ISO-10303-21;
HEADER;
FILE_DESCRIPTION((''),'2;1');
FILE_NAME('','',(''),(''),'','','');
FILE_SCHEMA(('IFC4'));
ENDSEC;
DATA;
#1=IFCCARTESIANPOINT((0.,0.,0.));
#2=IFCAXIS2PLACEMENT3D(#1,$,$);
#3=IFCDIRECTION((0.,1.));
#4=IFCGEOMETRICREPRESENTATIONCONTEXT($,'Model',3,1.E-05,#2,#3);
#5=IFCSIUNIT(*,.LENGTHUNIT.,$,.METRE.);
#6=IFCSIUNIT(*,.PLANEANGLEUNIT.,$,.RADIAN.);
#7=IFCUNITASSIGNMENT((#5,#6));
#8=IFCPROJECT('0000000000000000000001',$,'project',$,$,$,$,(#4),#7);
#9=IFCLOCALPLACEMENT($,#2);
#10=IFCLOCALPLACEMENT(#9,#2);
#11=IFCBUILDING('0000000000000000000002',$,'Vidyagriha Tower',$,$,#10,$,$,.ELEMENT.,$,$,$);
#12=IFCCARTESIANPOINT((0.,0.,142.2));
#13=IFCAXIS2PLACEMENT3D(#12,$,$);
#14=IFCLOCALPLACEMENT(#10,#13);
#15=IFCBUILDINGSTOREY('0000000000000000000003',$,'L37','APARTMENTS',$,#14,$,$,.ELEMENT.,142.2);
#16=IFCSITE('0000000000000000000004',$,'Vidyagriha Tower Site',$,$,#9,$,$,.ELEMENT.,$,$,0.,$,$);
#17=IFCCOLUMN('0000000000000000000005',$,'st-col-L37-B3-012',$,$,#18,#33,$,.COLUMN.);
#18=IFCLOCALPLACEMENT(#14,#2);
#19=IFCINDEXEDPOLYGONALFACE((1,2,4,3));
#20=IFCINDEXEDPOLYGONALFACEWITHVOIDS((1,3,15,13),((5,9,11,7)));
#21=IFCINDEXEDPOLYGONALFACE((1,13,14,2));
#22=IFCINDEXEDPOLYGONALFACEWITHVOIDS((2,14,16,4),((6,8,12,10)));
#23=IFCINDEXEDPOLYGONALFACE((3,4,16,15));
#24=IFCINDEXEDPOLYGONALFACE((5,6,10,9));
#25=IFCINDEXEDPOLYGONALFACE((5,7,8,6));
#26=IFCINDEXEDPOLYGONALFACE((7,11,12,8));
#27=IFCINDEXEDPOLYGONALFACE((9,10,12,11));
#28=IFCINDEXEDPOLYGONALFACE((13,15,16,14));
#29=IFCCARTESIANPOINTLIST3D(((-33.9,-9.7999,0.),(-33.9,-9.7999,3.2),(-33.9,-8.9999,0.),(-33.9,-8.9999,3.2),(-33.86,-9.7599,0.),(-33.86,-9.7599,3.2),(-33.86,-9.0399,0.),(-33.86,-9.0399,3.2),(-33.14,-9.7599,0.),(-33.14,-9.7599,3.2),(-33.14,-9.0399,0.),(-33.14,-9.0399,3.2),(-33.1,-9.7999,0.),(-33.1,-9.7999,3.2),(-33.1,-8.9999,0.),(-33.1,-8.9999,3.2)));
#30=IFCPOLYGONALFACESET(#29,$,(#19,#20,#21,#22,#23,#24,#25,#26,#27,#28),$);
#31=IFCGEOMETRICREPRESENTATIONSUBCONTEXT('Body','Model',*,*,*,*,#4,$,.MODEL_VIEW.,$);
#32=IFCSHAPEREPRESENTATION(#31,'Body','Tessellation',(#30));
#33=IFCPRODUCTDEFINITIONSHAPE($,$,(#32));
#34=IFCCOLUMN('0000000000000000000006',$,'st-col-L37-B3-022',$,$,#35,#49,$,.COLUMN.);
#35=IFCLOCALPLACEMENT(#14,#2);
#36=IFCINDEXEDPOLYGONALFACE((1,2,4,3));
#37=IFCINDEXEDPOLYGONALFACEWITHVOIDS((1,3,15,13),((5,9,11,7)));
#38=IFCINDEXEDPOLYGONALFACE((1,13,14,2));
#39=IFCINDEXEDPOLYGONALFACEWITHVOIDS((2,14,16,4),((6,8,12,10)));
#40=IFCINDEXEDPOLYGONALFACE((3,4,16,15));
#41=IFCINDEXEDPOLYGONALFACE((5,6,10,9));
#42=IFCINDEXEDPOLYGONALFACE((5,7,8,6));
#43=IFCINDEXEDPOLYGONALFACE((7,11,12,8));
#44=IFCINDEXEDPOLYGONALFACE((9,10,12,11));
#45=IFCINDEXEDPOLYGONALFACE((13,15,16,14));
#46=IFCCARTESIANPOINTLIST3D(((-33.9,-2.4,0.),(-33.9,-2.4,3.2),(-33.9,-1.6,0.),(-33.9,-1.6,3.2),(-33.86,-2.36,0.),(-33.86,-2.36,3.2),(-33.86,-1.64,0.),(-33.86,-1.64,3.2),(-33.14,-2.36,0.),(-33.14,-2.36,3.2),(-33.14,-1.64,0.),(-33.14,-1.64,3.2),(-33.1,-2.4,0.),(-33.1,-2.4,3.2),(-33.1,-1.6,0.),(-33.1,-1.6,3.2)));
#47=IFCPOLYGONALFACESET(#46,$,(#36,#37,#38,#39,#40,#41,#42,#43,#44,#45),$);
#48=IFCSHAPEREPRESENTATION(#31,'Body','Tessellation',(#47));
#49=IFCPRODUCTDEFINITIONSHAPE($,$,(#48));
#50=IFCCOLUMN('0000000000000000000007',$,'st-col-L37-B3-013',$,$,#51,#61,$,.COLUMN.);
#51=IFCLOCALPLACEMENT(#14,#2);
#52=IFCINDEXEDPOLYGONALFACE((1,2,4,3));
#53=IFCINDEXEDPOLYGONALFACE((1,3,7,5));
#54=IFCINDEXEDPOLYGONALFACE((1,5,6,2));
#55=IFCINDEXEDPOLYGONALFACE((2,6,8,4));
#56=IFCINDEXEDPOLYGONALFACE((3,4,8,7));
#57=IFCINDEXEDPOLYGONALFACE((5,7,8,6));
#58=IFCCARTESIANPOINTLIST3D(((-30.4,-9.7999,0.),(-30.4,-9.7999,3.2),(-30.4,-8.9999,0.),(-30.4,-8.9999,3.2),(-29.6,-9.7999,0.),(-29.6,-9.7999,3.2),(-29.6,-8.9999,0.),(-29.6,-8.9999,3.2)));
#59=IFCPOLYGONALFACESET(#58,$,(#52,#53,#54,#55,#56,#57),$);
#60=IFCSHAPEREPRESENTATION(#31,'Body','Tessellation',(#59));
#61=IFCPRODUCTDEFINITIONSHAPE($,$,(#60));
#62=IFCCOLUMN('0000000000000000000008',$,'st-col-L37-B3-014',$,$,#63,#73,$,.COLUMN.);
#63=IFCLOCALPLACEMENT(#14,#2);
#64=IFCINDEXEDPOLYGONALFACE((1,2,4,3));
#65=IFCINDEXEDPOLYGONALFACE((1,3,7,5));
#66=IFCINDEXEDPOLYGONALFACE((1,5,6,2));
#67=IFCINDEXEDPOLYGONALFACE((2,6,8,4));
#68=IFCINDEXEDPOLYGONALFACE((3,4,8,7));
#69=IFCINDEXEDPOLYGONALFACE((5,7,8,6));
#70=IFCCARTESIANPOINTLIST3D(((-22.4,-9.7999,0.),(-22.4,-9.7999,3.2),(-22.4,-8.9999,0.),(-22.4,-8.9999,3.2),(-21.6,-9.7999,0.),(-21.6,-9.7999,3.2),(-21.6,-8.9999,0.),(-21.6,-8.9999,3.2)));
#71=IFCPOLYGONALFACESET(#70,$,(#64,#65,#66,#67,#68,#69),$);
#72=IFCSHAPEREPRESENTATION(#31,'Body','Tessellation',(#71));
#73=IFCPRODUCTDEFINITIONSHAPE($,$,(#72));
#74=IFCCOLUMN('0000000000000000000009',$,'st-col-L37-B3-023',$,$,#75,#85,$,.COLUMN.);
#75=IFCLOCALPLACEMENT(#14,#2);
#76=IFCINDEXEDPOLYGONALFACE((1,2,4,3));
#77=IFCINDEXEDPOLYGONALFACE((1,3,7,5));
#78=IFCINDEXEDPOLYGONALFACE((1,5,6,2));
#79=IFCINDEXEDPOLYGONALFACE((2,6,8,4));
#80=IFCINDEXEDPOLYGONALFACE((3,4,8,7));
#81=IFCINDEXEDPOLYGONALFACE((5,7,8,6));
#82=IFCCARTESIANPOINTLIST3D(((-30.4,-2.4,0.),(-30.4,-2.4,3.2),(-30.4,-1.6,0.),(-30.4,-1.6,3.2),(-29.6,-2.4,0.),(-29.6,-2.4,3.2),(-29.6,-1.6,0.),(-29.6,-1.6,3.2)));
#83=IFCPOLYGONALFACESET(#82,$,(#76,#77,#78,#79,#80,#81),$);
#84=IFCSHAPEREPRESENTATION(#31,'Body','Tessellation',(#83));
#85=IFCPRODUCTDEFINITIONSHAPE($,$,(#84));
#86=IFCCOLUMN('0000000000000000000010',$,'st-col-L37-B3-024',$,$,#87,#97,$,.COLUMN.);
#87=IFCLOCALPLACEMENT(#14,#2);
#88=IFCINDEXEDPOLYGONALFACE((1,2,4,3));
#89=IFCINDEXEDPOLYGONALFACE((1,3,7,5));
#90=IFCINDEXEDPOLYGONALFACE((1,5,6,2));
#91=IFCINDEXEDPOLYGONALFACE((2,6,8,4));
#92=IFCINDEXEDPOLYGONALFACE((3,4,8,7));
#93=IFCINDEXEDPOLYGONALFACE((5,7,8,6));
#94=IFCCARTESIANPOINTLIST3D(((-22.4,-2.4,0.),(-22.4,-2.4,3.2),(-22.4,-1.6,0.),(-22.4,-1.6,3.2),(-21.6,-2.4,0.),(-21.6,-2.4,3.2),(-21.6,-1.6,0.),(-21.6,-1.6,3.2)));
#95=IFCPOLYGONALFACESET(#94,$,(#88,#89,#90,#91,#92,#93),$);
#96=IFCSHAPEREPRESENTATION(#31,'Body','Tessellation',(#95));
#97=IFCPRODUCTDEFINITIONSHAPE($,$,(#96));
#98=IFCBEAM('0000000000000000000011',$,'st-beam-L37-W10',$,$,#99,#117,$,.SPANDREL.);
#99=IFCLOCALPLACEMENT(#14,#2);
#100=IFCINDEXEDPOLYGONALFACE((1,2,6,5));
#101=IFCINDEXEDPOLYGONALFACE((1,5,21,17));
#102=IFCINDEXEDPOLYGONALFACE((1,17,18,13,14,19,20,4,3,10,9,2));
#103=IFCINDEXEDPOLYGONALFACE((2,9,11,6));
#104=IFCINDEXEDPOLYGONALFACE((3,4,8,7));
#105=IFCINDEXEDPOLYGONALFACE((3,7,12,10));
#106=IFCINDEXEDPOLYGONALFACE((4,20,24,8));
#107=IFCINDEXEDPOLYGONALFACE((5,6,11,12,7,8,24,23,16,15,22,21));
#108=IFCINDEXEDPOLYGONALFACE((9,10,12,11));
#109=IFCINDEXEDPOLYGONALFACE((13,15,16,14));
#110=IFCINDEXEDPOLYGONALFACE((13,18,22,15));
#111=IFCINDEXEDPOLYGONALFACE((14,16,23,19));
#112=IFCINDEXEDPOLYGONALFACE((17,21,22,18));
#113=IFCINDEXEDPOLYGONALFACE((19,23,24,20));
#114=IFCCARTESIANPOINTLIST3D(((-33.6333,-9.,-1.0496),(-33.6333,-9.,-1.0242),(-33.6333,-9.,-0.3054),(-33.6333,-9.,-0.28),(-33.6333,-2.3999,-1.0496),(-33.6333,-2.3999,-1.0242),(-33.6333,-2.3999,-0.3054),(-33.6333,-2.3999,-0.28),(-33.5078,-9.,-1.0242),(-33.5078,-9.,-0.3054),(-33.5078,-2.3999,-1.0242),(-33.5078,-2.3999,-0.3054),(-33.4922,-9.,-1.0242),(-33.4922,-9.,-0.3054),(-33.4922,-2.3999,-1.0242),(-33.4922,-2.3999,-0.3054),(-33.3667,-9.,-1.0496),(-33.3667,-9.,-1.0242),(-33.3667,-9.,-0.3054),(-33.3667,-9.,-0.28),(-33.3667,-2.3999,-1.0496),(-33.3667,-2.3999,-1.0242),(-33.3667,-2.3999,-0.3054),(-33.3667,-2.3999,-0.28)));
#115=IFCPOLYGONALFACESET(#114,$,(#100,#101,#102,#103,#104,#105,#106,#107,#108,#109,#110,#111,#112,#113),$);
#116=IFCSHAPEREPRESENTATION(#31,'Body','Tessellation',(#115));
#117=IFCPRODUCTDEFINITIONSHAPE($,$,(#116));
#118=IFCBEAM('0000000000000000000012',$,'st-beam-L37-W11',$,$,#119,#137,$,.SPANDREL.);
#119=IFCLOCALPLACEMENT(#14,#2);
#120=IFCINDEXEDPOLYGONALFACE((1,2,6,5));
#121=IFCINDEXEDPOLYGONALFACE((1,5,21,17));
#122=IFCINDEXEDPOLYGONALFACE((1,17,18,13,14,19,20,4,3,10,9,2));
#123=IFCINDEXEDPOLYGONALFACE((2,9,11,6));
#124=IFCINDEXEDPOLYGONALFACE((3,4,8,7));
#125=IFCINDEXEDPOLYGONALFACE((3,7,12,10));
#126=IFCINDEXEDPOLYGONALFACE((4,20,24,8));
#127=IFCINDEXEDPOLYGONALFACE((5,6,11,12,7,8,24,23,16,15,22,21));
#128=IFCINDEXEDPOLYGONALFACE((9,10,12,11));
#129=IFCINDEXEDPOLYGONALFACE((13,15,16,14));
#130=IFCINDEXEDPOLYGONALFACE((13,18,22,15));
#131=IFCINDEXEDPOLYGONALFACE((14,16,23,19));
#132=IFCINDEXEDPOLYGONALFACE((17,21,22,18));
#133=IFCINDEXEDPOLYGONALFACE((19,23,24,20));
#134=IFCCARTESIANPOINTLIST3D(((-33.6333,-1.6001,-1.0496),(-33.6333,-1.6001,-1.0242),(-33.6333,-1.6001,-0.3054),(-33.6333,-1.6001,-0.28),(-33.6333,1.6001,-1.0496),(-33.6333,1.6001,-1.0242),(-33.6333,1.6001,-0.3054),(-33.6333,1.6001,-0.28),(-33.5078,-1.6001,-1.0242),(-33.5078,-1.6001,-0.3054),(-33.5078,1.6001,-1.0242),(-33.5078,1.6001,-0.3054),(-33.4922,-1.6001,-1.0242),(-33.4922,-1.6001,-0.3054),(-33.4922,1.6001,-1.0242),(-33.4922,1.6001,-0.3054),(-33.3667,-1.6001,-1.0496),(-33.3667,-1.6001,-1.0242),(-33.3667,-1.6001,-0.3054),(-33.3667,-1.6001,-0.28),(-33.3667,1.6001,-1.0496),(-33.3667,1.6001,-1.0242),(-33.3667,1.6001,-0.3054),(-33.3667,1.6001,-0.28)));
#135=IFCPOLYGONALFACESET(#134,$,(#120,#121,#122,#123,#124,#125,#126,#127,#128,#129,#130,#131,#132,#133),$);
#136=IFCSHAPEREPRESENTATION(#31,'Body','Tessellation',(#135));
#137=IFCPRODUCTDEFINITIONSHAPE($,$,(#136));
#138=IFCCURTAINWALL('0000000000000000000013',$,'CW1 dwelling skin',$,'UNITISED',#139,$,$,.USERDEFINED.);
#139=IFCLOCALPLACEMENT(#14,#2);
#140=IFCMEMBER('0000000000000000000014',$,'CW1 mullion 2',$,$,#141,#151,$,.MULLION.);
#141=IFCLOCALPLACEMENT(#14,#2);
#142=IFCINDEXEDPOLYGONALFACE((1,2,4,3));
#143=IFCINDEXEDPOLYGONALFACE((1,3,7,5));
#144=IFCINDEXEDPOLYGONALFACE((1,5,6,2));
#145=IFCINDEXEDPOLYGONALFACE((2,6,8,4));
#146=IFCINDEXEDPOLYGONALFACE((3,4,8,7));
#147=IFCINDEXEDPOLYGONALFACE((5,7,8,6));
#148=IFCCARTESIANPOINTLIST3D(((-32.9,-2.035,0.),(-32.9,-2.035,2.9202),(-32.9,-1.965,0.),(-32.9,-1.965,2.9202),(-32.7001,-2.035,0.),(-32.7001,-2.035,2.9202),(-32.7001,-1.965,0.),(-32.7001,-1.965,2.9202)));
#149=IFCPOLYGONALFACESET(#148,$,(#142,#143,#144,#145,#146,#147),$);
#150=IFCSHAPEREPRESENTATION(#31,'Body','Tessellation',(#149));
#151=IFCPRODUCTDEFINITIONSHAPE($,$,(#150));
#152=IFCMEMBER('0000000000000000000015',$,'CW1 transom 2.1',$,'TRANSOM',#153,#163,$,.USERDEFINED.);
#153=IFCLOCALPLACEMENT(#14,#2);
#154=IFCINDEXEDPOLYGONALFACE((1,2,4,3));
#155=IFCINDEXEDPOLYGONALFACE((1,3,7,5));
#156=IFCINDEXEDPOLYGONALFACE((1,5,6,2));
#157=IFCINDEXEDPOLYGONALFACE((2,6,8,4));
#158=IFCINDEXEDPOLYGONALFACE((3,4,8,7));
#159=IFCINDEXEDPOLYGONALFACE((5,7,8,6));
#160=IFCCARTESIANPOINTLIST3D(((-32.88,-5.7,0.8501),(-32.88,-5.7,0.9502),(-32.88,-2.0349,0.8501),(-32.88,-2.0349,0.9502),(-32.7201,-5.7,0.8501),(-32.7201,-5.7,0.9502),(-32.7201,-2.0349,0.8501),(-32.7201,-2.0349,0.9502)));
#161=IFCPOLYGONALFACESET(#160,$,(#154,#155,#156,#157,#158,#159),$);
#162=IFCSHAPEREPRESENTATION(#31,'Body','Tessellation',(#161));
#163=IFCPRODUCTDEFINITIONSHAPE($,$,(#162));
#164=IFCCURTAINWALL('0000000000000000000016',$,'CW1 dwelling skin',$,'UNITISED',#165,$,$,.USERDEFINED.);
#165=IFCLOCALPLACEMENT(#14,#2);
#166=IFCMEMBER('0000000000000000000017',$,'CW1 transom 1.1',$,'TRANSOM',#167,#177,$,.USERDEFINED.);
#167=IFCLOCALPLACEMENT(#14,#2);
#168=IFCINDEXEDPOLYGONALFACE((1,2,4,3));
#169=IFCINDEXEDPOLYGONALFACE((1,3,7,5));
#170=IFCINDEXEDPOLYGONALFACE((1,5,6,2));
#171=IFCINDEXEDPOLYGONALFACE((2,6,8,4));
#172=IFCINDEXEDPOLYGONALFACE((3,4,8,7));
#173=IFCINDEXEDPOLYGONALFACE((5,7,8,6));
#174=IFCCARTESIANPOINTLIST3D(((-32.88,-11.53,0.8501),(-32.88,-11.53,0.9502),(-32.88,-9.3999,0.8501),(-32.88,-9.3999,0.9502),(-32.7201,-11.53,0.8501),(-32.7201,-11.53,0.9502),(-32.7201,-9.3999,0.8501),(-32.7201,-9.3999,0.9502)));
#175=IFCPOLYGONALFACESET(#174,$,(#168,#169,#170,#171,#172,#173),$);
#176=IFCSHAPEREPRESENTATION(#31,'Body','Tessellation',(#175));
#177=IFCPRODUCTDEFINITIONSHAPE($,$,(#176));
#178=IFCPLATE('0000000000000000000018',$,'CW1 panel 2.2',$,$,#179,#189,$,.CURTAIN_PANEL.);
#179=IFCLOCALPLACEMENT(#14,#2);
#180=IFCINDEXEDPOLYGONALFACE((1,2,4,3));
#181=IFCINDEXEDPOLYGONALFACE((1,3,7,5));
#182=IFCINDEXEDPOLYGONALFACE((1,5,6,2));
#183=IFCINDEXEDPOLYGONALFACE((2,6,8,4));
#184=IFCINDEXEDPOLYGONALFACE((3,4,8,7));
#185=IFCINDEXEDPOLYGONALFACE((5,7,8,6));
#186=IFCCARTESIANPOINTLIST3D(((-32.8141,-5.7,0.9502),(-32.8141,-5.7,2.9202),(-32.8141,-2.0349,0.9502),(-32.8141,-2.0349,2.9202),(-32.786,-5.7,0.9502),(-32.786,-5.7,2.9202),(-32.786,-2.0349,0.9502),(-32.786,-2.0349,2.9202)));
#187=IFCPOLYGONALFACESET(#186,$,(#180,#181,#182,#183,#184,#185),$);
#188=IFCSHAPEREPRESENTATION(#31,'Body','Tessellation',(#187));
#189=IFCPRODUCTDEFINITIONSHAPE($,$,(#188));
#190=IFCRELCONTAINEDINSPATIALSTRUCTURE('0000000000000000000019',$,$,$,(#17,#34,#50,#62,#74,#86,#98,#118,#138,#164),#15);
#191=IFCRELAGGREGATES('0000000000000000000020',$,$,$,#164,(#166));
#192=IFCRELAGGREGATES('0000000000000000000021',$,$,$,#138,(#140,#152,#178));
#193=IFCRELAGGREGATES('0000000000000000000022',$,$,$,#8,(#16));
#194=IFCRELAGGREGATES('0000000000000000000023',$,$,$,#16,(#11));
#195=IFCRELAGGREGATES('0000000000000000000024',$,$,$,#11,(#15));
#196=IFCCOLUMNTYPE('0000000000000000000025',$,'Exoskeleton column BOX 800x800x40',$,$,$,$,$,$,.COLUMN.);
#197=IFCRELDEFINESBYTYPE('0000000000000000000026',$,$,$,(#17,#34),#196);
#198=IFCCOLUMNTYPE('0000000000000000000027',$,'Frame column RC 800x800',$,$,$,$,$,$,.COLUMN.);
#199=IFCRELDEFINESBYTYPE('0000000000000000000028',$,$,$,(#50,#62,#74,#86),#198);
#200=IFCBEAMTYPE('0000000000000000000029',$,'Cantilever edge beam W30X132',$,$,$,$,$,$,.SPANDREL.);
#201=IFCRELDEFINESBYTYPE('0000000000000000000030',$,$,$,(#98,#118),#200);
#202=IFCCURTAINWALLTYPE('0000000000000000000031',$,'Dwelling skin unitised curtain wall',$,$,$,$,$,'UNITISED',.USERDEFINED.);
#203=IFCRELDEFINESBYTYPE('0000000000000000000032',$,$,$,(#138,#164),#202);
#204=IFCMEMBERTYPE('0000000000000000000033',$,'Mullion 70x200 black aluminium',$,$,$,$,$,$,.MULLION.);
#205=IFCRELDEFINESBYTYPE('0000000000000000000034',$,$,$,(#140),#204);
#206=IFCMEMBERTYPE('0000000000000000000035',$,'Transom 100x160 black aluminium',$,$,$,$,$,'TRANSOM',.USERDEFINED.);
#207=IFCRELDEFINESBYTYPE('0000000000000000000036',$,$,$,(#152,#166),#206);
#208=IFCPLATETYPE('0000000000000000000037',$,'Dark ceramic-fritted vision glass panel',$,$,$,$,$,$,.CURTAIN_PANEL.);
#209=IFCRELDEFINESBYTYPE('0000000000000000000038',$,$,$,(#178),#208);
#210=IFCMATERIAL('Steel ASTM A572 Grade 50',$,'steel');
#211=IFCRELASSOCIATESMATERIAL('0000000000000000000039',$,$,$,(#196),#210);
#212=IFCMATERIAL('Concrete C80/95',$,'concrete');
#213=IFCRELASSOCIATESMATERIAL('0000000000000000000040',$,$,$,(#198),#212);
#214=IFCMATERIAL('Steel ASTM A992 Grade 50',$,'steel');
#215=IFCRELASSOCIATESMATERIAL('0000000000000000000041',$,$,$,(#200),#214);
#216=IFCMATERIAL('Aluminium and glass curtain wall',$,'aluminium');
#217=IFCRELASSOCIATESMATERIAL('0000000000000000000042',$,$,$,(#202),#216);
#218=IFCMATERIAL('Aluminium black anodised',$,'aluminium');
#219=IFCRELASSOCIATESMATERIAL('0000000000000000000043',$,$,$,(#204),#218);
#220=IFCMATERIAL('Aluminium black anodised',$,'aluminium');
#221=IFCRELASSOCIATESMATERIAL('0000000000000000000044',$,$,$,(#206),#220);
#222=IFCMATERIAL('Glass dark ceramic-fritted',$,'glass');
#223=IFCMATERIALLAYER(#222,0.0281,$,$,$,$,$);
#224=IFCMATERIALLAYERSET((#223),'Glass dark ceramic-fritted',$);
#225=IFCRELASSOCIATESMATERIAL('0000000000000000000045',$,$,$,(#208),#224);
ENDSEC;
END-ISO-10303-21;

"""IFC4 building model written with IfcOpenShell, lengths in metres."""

from ifc_helpers import new_model, si_unit, direction, frame, origin, origin_2d, place, context, subcontext, project, spatial, rectangle, hollow_rectangle, i_section, extrude, material, layer, layer_set, material_profile, profile_set, type_object, element, aggregate, save


model = new_model("IFC4")

# Units and contexts
model_context = context("Model", 3, precision=1e-05, world=origin(), true_north=direction((0.0, 1.0)))
body_context = subcontext(model_context, "Body", "Model", "MODEL_VIEW")
ifc_project = project(units=[si_unit("LENGTHUNIT", "METRE"), si_unit("PLANEANGLEUNIT", "RADIAN")], contexts=[model_context])

# Site, building, storey
site_placement = place(None, origin())
site = spatial("IfcSite", under=ifc_project, at=site_placement, Name="Vidyagriha Tower Site", CompositionType="ELEMENT", RefElevation=0.0)
building_placement = place(site_placement, origin())
building = spatial("IfcBuilding", under=site, at=building_placement, Name="Vidyagriha Tower", CompositionType="ELEMENT")
storey_placement = place(building_placement, frame((0.0, 0.0, 142.2)))
storey = spatial("IfcBuildingStorey", under=building, at=storey_placement, Name="L37", Description="APARTMENTS", CompositionType="ELEMENT", Elevation=142.2)

# Columns
ifc_material_1 = material(Name="Steel ASTM A572 Grade 50", Category="steel")
ifc_material_profile_1 = material_profile(ifc_material_1, hollow_rectangle(XDim=0.8, YDim=0.8, WallThickness=0.04, at=origin_2d()), Name="BOX 800x800x40")
ifc_profile_set_1 = profile_set([ifc_material_profile_1], Name="Steel ASTM A572 Grade 50")
column_type_1 = type_object("IfcColumnType", Name="Exoskeleton column BOX 800x800x40", PredefinedType="COLUMN", material=ifc_profile_set_1)
for number, where, name in (
    (1, (-33.5, -9.3999, 0.0), "st-col-L37-B3-012"),
    (2, (-33.5, -2.0, 0.0), "st-col-L37-B3-022"),
):
    element("IfcColumn", number, at=place(storey_placement, frame(where)), inside=storey, type_object=column_type_1, Name=name, PredefinedType="COLUMN", context=body_context, shape_type="SweptSolid", body=[
        extrude(hollow_rectangle(XDim=0.8, YDim=0.8, WallThickness=0.04, at=origin_2d()), origin(), (0.0, 0.0, 1.0), 3.2),
    ])
ifc_material_2 = material(Name="Concrete C80/95", Category="concrete")
ifc_material_profile_2 = material_profile(ifc_material_2, rectangle(XDim=0.8, YDim=0.8, at=origin_2d()), Name="RC 800x800")
ifc_profile_set_2 = profile_set([ifc_material_profile_2], Name="Concrete C80/95")
column_type_2 = type_object("IfcColumnType", Name="Frame column RC 800x800", PredefinedType="COLUMN", material=ifc_profile_set_2)
for number, where, name in (
    (3, (-30.0, -9.3999, 0.0), "st-col-L37-B3-013"),
    (4, (-22.0, -9.3999, 0.0), "st-col-L37-B3-014"),
    (5, (-30.0, -2.0, 0.0), "st-col-L37-B3-023"),
    (6, (-22.0, -2.0, 0.0), "st-col-L37-B3-024"),
):
    element("IfcColumn", number, at=place(storey_placement, frame(where)), inside=storey, type_object=column_type_2, Name=name, PredefinedType="COLUMN", context=body_context, shape_type="SweptSolid", body=[
        extrude(rectangle(XDim=0.8, YDim=0.8, at=origin_2d()), origin(), (0.0, 0.0, 1.0), 3.2),
    ])

# Beams
ifc_material_3 = material(Name="Steel ASTM A992 Grade 50", Category="steel")
ifc_material_profile_3 = material_profile(ifc_material_3, i_section(OverallWidth=0.2666, OverallDepth=0.7695, WebThickness=0.0156, FlangeThickness=0.0254, at=origin_2d()), Name="W30X132")
ifc_profile_set_3 = profile_set([ifc_material_profile_3], Name="Steel ASTM A992 Grade 50")
beam_type = type_object("IfcBeamType", Name="Cantilever edge beam W30X132", PredefinedType="SPANDREL", material=ifc_profile_set_3)
beam_1_placement = place(storey_placement, frame((-33.5, -9.0, -0.6648), z_axis=(0.0, 1.0, 0.0), x_axis=(-1.0, 0.0, 0.0)))
element("IfcBeam", 7, at=beam_1_placement, inside=storey, type_object=beam_type, Name="st-beam-L37-W10", PredefinedType="SPANDREL", context=body_context, shape_type="SweptSolid", body=[
    extrude(i_section(OverallWidth=0.2666, OverallDepth=0.7695, WebThickness=0.0156, FlangeThickness=0.0254, at=origin_2d()), origin(), (0.0, 0.0, 1.0), 6.6001),
])
beam_2_placement = place(storey_placement, frame((-33.5, -1.6001, -0.6648), z_axis=(0.0, 1.0, 0.0), x_axis=(-1.0, 0.0, 0.0)))
element("IfcBeam", 8, at=beam_2_placement, inside=storey, type_object=beam_type, Name="st-beam-L37-W11", PredefinedType="SPANDREL", context=body_context, shape_type="SweptSolid", body=[
    extrude(i_section(OverallWidth=0.2666, OverallDepth=0.7695, WebThickness=0.0156, FlangeThickness=0.0254, at=origin_2d()), origin(), (0.0, 0.0, 1.0), 3.2002),
])

# Curtain wall, members
ifc_material_4 = material(Name="Aluminium and glass curtain wall", Category="aluminium")
curtain_wall_type = type_object("IfcCurtainWallType", Name="Dwelling skin unitised curtain wall", ElementType="UNITISED", PredefinedType="USERDEFINED", material=ifc_material_4)
curtain_wall_1_placement = place(storey_placement, origin())
curtain_wall_1 = element("IfcCurtainWall", 9, at=curtain_wall_1_placement, inside=storey, type_object=curtain_wall_type, Name="CW1 dwelling skin", ObjectType="UNITISED", PredefinedType="USERDEFINED")
ifc_material_5 = material(Name="Aluminium black anodised", Category="aluminium")
ifc_material_profile_4 = material_profile(ifc_material_5, rectangle(XDim=0.2, YDim=0.0701, at=origin_2d()), Name="Mullion 70x200 black aluminium")
ifc_profile_set_4 = profile_set([ifc_material_profile_4], Name="Aluminium black anodised")
member_type_1 = type_object("IfcMemberType", Name="Mullion 70x200 black aluminium", PredefinedType="MULLION", material=ifc_profile_set_4)
member_1_placement = place(storey_placement, frame((-32.8, -2.0, 0.0)))
member_1 = element("IfcMember", 10, at=member_1_placement, type_object=member_type_1, Name="CW1 mullion 2", PredefinedType="MULLION", context=body_context, shape_type="SweptSolid", body=[
    extrude(rectangle(XDim=0.2, YDim=0.0701, at=origin_2d()), origin(), (0.0, 0.0, 1.0), 2.9202),
])
ifc_material_6 = material(Name="Aluminium black anodised", Category="aluminium")
ifc_material_profile_5 = material_profile(ifc_material_6, rectangle(XDim=0.1599, YDim=0.1001, at=origin_2d()), Name="Transom 100x160 black aluminium")
ifc_profile_set_5 = profile_set([ifc_material_profile_5], Name="Aluminium black anodised")
member_type_2 = type_object("IfcMemberType", Name="Transom 100x160 black aluminium", ElementType="TRANSOM", PredefinedType="USERDEFINED", material=ifc_profile_set_5)
member_2_placement = place(storey_placement, frame((-32.8, -2.0349, 0.9001), z_axis=(0.0, -1.0, 0.0), x_axis=(1.0, 0.0, 0.0)))
member_2 = element("IfcMember", 11, at=member_2_placement, type_object=member_type_2, Name="CW1 transom 2.1", ObjectType="TRANSOM", PredefinedType="USERDEFINED", context=body_context, shape_type="SweptSolid", body=[
    extrude(rectangle(XDim=0.1599, YDim=0.1001, at=origin_2d()), origin(), (0.0, 0.0, 1.0), 3.665),
])

# Curtain wall, member
curtain_wall_2_placement = place(storey_placement, origin())
curtain_wall_2 = element("IfcCurtainWall", 12, at=curtain_wall_2_placement, inside=storey, type_object=curtain_wall_type, Name="CW1 dwelling skin", ObjectType="UNITISED", PredefinedType="USERDEFINED")
member_3_placement = place(storey_placement, frame((-32.8, -9.3999, 0.9001), z_axis=(0.0, -1.0, 0.0), x_axis=(1.0, 0.0, 0.0)))
member_3 = element("IfcMember", 13, at=member_3_placement, type_object=member_type_2, Name="CW1 transom 1.1", ObjectType="TRANSOM", PredefinedType="USERDEFINED", context=body_context, shape_type="SweptSolid", body=[
    extrude(rectangle(XDim=0.1599, YDim=0.1001, at=origin_2d()), origin(), (0.0, 0.0, 1.0), 2.1301),
])

# Plate
ifc_material_7 = material(Name="Glass dark ceramic-fritted", Category="glass")
ifc_layer_1 = layer(ifc_material_7, 0.0281)
ifc_layer_set_1 = layer_set([ifc_layer_1], Name="Glass dark ceramic-fritted")
plate_type_1 = type_object("IfcPlateType", Name="Dark ceramic-fritted vision glass panel", PredefinedType="CURTAIN_PANEL", material=ifc_layer_set_1)
plate_1_placement = place(storey_placement, frame((-32.8, -3.8674, 0.9502), z_axis=(0.0, 0.0, 1.0), x_axis=(0.0, -1.0, 0.0)))
plate_1 = element("IfcPlate", 14, at=plate_1_placement, type_object=plate_type_1, Name="CW1 panel 2.2", PredefinedType="CURTAIN_PANEL", context=body_context, shape_type="SweptSolid", body=[
    extrude(rectangle(XDim=3.665, YDim=0.0281, at=origin_2d()), origin(), (0.0, 0.0, 1.0), 1.97),
])
aggregate(curtain_wall_2, [member_3])
aggregate(curtain_wall_1, [member_1, member_2, plate_1])

save(model, "model.ifc")
